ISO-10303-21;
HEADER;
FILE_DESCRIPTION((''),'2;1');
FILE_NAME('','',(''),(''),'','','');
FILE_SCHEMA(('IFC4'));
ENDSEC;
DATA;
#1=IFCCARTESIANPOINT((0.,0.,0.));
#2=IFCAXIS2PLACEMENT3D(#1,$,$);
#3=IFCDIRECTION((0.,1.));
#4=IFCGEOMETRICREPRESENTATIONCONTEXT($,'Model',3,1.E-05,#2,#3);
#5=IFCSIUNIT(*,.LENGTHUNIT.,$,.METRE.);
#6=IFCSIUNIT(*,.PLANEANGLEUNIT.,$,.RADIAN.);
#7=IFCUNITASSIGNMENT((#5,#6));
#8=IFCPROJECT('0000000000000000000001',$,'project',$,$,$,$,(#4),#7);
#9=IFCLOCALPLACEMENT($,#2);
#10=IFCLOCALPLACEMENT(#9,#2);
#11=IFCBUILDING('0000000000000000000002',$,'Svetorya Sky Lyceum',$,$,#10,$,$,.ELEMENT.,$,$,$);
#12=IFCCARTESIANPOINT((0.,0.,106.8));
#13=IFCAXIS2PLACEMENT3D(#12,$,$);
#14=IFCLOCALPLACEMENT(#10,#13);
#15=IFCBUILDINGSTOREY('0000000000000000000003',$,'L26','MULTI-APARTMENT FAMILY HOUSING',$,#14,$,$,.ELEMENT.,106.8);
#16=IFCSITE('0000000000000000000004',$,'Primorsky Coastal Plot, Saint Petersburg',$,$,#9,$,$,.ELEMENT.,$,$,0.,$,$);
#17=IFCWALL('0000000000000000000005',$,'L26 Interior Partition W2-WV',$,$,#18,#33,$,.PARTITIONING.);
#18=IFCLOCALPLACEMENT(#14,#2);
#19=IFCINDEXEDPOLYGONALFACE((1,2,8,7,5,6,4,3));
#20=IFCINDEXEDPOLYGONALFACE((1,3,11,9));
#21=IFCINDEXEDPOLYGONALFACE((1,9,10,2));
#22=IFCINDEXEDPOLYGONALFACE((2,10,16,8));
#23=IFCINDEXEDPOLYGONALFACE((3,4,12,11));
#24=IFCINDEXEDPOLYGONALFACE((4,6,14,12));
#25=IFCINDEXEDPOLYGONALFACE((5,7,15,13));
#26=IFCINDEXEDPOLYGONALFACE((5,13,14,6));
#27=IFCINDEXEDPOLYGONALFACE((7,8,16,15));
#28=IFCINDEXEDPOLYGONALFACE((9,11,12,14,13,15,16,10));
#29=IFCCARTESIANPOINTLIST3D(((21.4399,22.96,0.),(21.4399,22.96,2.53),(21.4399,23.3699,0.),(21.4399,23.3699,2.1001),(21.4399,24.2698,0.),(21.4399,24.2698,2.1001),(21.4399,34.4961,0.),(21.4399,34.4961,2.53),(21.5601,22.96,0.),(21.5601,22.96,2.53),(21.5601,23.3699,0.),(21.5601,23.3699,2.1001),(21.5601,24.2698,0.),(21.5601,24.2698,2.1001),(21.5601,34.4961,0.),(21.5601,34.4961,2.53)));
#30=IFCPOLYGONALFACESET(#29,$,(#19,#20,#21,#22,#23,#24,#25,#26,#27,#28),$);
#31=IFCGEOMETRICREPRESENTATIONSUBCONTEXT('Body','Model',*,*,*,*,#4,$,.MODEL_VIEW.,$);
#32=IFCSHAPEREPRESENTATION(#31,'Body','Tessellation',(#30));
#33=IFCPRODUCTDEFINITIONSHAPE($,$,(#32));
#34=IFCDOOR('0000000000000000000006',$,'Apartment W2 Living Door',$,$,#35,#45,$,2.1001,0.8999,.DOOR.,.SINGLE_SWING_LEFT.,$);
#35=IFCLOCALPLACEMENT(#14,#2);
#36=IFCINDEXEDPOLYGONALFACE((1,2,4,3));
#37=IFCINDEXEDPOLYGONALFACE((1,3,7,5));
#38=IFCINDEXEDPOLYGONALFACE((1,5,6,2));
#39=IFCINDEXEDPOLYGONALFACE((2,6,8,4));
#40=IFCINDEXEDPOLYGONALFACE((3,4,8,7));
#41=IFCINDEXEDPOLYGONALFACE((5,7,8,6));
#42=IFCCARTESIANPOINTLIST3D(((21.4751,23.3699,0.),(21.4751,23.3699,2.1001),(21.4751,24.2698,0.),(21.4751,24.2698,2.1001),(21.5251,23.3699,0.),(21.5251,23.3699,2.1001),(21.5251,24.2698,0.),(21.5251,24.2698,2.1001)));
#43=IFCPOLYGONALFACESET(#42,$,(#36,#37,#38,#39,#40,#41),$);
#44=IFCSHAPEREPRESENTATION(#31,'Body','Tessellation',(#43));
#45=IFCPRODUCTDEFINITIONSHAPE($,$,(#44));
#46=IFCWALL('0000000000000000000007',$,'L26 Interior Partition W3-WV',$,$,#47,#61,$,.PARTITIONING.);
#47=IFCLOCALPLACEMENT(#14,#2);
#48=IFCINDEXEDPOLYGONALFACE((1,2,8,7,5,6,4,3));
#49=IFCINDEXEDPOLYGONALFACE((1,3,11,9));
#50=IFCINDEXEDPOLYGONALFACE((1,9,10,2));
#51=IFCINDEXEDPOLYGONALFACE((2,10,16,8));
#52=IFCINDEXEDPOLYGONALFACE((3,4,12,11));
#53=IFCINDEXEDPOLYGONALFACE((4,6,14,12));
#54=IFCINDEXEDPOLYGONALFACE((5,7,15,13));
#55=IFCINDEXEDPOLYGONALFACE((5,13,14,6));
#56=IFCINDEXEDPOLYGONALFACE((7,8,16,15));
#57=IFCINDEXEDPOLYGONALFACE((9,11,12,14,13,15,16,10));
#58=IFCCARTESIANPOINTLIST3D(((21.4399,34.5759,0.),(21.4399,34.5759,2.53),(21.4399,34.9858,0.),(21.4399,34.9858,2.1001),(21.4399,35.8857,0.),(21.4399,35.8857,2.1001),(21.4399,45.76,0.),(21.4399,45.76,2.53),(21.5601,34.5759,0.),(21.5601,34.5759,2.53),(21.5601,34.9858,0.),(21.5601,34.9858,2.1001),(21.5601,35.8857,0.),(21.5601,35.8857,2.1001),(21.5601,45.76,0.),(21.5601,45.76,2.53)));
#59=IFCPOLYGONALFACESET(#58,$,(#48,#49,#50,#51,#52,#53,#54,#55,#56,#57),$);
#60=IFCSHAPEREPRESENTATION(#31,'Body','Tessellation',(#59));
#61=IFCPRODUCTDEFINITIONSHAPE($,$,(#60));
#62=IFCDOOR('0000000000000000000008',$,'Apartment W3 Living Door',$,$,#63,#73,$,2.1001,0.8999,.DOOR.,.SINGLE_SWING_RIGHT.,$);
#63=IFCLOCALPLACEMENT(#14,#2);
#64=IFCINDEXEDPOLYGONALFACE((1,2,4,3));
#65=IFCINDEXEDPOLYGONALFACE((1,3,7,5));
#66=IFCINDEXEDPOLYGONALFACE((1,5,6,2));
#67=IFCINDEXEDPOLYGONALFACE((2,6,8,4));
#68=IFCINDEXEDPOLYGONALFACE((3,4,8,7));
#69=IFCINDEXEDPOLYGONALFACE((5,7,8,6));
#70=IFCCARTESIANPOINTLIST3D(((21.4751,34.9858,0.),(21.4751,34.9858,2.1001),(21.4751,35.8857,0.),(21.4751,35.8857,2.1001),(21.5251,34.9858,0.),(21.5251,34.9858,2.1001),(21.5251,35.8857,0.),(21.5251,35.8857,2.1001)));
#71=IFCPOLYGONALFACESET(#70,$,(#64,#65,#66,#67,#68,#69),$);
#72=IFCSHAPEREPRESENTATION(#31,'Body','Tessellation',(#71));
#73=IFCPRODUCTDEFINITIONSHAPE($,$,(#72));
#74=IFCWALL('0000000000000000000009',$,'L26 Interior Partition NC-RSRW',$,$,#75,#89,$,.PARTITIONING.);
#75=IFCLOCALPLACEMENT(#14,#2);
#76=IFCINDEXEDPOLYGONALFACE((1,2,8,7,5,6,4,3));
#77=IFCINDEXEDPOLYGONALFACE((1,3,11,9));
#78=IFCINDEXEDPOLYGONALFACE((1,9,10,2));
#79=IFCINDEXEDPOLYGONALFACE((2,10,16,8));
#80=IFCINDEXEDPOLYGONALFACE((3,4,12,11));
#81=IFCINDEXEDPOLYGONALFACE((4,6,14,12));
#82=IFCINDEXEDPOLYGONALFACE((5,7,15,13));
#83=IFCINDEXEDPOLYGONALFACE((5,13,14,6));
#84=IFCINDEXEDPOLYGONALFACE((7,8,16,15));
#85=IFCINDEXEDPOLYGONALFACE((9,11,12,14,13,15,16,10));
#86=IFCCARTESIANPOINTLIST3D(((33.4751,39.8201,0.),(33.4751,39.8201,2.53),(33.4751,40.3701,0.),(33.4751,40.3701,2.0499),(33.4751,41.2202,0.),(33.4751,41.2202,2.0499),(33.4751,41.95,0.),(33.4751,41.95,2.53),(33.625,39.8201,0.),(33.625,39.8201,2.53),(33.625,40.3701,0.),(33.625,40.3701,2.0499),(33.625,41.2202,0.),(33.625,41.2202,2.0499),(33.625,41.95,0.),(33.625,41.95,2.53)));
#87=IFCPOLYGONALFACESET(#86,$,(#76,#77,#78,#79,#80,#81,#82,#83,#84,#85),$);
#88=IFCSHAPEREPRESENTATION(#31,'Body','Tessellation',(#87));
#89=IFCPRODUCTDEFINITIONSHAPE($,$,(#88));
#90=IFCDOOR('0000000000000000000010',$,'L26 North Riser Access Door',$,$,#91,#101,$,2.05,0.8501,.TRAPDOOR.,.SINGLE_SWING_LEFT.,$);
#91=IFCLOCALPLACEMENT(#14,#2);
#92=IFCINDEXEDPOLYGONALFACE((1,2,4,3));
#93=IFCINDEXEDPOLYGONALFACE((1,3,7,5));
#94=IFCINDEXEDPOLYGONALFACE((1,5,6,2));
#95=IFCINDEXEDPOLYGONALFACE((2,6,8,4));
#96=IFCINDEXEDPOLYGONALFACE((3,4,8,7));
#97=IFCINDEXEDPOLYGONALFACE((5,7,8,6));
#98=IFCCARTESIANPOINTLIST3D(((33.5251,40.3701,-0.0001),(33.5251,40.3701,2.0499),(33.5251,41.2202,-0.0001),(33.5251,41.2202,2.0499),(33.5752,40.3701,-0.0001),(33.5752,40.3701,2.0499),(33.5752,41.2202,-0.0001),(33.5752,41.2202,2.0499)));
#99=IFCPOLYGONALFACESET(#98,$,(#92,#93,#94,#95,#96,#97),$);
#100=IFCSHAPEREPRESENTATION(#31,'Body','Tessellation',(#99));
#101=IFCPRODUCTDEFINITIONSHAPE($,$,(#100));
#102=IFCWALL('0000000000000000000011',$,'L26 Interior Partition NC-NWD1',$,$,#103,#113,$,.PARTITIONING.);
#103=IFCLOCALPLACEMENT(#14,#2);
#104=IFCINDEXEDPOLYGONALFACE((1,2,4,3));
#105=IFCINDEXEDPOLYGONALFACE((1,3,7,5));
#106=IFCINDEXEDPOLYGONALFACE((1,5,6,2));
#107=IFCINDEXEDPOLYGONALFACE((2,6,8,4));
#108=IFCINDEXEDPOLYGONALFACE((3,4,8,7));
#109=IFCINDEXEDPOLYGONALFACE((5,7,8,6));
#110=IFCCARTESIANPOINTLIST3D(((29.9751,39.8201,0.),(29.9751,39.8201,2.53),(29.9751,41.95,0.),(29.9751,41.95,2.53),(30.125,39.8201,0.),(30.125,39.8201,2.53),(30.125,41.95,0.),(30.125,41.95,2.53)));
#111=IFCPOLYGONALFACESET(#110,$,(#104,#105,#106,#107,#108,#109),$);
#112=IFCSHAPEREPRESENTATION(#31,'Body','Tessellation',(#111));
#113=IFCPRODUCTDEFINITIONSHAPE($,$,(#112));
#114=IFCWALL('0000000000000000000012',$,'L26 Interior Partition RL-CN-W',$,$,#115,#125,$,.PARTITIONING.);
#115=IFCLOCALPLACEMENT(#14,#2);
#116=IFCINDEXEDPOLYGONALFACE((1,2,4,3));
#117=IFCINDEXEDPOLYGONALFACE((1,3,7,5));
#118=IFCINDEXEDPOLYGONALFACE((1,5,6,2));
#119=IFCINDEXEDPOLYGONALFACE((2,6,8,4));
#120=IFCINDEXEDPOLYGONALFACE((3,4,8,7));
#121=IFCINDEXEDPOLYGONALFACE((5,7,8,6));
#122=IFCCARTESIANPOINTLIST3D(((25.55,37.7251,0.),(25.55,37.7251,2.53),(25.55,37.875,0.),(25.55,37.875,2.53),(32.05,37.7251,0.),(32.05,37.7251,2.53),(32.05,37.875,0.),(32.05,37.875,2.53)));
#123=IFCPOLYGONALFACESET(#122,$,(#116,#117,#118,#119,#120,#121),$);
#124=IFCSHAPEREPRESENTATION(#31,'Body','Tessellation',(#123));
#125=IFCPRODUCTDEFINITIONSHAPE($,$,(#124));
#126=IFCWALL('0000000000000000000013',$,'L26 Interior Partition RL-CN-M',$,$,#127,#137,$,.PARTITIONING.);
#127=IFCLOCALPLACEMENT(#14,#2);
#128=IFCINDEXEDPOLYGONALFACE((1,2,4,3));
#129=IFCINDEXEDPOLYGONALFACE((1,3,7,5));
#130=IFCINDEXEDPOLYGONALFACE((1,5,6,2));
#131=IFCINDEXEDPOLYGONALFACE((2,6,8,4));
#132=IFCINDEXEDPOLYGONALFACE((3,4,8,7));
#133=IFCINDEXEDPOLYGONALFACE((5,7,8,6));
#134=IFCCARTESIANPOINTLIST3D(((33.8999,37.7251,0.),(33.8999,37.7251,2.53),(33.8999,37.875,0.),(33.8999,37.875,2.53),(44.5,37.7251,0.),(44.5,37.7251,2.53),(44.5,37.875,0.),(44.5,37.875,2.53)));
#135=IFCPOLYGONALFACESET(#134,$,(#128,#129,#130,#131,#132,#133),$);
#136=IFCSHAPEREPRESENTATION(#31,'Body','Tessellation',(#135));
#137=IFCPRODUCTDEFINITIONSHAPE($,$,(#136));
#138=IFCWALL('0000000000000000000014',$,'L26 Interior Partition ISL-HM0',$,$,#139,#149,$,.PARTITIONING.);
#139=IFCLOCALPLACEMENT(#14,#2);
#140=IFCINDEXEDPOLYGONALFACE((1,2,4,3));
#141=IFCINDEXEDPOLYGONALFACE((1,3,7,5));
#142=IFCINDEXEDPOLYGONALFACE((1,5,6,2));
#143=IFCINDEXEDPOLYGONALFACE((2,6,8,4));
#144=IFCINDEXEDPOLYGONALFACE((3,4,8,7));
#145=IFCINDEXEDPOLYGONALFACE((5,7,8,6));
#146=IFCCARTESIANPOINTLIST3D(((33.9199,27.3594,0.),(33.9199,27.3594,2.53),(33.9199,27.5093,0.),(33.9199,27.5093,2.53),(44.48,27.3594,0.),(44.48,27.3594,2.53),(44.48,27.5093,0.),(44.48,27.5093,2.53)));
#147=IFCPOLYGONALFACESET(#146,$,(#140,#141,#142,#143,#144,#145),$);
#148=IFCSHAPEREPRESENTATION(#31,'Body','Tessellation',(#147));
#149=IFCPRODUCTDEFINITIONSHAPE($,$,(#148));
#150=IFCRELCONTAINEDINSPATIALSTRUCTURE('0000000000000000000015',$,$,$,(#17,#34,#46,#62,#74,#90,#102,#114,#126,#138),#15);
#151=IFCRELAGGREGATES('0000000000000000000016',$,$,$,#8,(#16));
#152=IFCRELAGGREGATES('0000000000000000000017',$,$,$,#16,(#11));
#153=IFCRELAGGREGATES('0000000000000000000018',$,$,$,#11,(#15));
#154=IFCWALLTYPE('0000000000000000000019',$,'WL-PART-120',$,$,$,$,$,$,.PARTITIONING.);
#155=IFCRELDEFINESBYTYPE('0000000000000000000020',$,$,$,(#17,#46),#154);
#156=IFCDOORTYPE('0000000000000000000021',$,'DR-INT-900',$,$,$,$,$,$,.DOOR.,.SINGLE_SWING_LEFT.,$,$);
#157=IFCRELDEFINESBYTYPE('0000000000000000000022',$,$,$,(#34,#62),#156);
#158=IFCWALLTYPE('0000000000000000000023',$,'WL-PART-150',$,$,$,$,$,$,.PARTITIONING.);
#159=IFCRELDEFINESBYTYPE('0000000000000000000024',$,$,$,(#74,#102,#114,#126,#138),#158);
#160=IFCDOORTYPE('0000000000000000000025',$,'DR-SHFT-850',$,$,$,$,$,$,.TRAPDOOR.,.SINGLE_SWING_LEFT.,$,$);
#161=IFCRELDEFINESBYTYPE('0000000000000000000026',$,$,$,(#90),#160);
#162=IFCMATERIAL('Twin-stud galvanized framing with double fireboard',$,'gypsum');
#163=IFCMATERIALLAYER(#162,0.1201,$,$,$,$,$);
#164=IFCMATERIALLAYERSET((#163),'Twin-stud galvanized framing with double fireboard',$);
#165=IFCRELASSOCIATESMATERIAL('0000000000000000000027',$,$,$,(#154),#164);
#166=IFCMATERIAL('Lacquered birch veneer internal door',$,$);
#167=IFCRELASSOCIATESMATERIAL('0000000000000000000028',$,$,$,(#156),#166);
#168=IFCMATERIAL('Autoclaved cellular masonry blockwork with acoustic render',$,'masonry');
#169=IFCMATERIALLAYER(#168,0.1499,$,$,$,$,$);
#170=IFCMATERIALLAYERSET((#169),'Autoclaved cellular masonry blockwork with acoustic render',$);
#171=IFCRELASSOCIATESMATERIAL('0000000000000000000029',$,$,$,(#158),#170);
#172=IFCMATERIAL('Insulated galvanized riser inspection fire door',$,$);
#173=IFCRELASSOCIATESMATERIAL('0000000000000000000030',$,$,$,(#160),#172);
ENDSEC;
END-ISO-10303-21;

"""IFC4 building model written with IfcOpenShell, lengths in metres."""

from ifc_helpers import new_model, si_unit, direction, frame, frame_2d, origin, place, context, subcontext, project, spatial, rectangle, extrude, material, layer, layer_set, type_object, element, fill, save


model = new_model("IFC4")

# Units and contexts
model_context = context("Model", 3, precision=1e-05, world=origin(), true_north=direction((0.0, 1.0)))
body_context = subcontext(model_context, "Body", "Model", "MODEL_VIEW")
ifc_project = project(units=[si_unit("LENGTHUNIT", "METRE"), si_unit("PLANEANGLEUNIT", "RADIAN")], contexts=[model_context])

# Site, building, storey
site_placement = place(None, origin())
site = spatial("IfcSite", under=ifc_project, at=site_placement, Name="Primorsky Coastal Plot, Saint Petersburg", CompositionType="ELEMENT", RefElevation=0.0)
building_placement = place(site_placement, origin())
building = spatial("IfcBuilding", under=site, at=building_placement, Name="Svetorya Sky Lyceum", CompositionType="ELEMENT")
storey_placement = place(building_placement, frame((0.0, 0.0, 106.8)))
storey = spatial("IfcBuildingStorey", under=building, at=storey_placement, Name="L26", Description="MULTI-APARTMENT FAMILY HOUSING", CompositionType="ELEMENT", Elevation=106.8)

# Walls, openings, doors
ifc_material_1 = material(Name="Twin-stud galvanized framing with double fireboard", Category="gypsum")
ifc_layer_1 = layer(ifc_material_1, 0.1201)
ifc_layer_set_1 = layer_set([ifc_layer_1], Name="Twin-stud galvanized framing with double fireboard")
wall_type_1 = type_object("IfcWallType", Name="WL-PART-120", PredefinedType="PARTITIONING", material=ifc_layer_set_1)
wall_1_placement = place(storey_placement, frame((21.5, 22.96, 0.0), z_axis=(0.0, 0.0, 1.0), x_axis=(0.0, 1.0, 0.0)))
wall_1 = element("IfcWall", 1, at=wall_1_placement, inside=storey, type_object=wall_type_1, Name="L26 Interior Partition W2-WV", PredefinedType="PARTITIONING", context=body_context, shape_type="SweptSolid", body=[
    extrude(rectangle(XDim=11.5361, YDim=0.1201, at=frame_2d((5.7681, 0.0))), origin(), (0.0, 0.0, 1.0), 2.53),
])
opening_1_placement = place(wall_1_placement, frame((0.4099, 0.0, 0.0)))
opening_1 = element("IfcOpeningElement", 2, at=opening_1_placement, cuts=wall_1, PredefinedType="OPENING", context=body_context, shape_type="SweptSolid", body=[
    extrude(rectangle(XDim=0.8999, YDim=2.1001, at=frame_2d((0.45, 1.05))), frame((0.0, 0.0701, 0.0), z_axis=(0.0, -1.0, 0.0), x_axis=(1.0, 0.0, 0.0)), (0.0, 0.0, 1.0), 0.1401),
])
ifc_material_2 = material(Name="Lacquered birch veneer internal door")
door_type_1 = type_object("IfcDoorType", Name="DR-INT-900", OperationType="SINGLE_SWING_LEFT", PredefinedType="DOOR", material=ifc_material_2)
door_1_placement = place(opening_1_placement, origin())
door_1 = element("IfcDoor", 3, at=door_1_placement, inside=storey, type_object=door_type_1, Name="Apartment W2 Living Door", OperationType="SINGLE_SWING_LEFT", OverallHeight=2.1001, OverallWidth=0.8999, PredefinedType="DOOR", context=body_context, shape_type="SweptSolid", body=[
    extrude(rectangle(XDim=0.8999, YDim=2.1001, at=frame_2d((0.45, 1.05))), frame((0.0, 0.0249, 0.0), z_axis=(0.0, -1.0, 0.0), x_axis=(1.0, 0.0, 0.0)), (0.0, 0.0, 1.0), 0.05),
])
fill(opening_1, door_1)
wall_2_placement = place(storey_placement, frame((21.5, 34.5759, 0.0), z_axis=(0.0, 0.0, 1.0), x_axis=(0.0, 1.0, 0.0)))
wall_2 = element("IfcWall", 4, at=wall_2_placement, inside=storey, type_object=wall_type_1, Name="L26 Interior Partition W3-WV", PredefinedType="PARTITIONING", context=body_context, shape_type="SweptSolid", body=[
    extrude(rectangle(XDim=11.1841, YDim=0.1201, at=frame_2d((5.592, 0.0))), origin(), (0.0, 0.0, 1.0), 2.53),
])
opening_2_placement = place(wall_2_placement, frame((0.4099, 0.0, 0.0)))
opening_2 = element("IfcOpeningElement", 5, at=opening_2_placement, cuts=wall_2, PredefinedType="OPENING", context=body_context, shape_type="SweptSolid", body=[
    extrude(rectangle(XDim=0.8999, YDim=2.1001, at=frame_2d((0.45, 1.05))), frame((0.0, 0.0701, 0.0), z_axis=(0.0, -1.0, 0.0), x_axis=(1.0, 0.0, 0.0)), (0.0, 0.0, 1.0), 0.1401),
])
door_2_placement = place(opening_2_placement, origin())
door_2 = element("IfcDoor", 6, at=door_2_placement, inside=storey, type_object=door_type_1, Name="Apartment W3 Living Door", OperationType="SINGLE_SWING_RIGHT", OverallHeight=2.1001, OverallWidth=0.8999, PredefinedType="DOOR", context=body_context, shape_type="SweptSolid", body=[
    extrude(rectangle(XDim=0.8999, YDim=2.1001, at=frame_2d((0.45, 1.05))), frame((0.0, 0.0249, 0.0), z_axis=(0.0, -1.0, 0.0), x_axis=(1.0, 0.0, 0.0)), (0.0, 0.0, 1.0), 0.05),
])
fill(opening_2, door_2)
ifc_material_3 = material(Name="Autoclaved cellular masonry blockwork with acoustic render", Category="masonry")
ifc_layer_2 = layer(ifc_material_3, 0.1499)
ifc_layer_set_2 = layer_set([ifc_layer_2], Name="Autoclaved cellular masonry blockwork with acoustic render")
wall_type_2 = type_object("IfcWallType", Name="WL-PART-150", PredefinedType="PARTITIONING", material=ifc_layer_set_2)
wall_3_placement = place(storey_placement, frame((33.55, 39.8201, 0.0), z_axis=(0.0, 0.0, 1.0), x_axis=(0.0, 1.0, 0.0)))
wall_3 = element("IfcWall", 7, at=wall_3_placement, inside=storey, type_object=wall_type_2, Name="L26 Interior Partition NC-RSRW", PredefinedType="PARTITIONING", context=body_context, shape_type="SweptSolid", body=[
    extrude(rectangle(XDim=2.1299, YDim=0.1499, at=frame_2d((1.0649, 0.0))), origin(), (0.0, 0.0, 1.0), 2.53),
])
opening_3_placement = place(wall_3_placement, frame((0.55, 0.0, 0.0)))
opening_3 = element("IfcOpeningElement", 8, at=opening_3_placement, cuts=wall_3, PredefinedType="OPENING", context=body_context, shape_type="SweptSolid", body=[
    extrude(rectangle(XDim=0.8501, YDim=2.05, at=frame_2d((0.425, 1.0249))), frame((0.0, 0.085, 0.0), z_axis=(0.0, -1.0, 0.0), x_axis=(1.0, 0.0, 0.0)), (0.0, 0.0, 1.0), 0.1699),
])
ifc_material_4 = material(Name="Insulated galvanized riser inspection fire door")
door_type_2 = type_object("IfcDoorType", Name="DR-SHFT-850", OperationType="SINGLE_SWING_LEFT", PredefinedType="TRAPDOOR", material=ifc_material_4)
door_3_placement = place(opening_3_placement, origin())
door_3 = element("IfcDoor", 9, at=door_3_placement, inside=storey, type_object=door_type_2, Name="L26 North Riser Access Door", OperationType="SINGLE_SWING_LEFT", OverallHeight=2.05, OverallWidth=0.8501, PredefinedType="TRAPDOOR", context=body_context, shape_type="SweptSolid", body=[
    extrude(rectangle(XDim=0.8501, YDim=2.05, at=frame_2d((0.425, 1.0249))), frame((0.0, 0.0249, 0.0), z_axis=(0.0, -1.0, 0.0), x_axis=(1.0, 0.0, 0.0)), (0.0, 0.0, 1.0), 0.05),
])
fill(opening_3, door_3)

# Walls
wall_4_placement = place(storey_placement, frame((30.05, 39.8201, 0.0), z_axis=(0.0, 0.0, 1.0), x_axis=(0.0, 1.0, 0.0)))
element("IfcWall", 10, at=wall_4_placement, inside=storey, type_object=wall_type_2, Name="L26 Interior Partition NC-NWD1", PredefinedType="PARTITIONING", context=body_context, shape_type="SweptSolid", body=[
    extrude(rectangle(XDim=2.1299, YDim=0.1499, at=frame_2d((1.0649, 0.0))), origin(), (0.0, 0.0, 1.0), 2.53),
])
wall_5_placement = place(storey_placement, frame((25.55, 37.8, 0.0), z_axis=(0.0, 0.0, 1.0), x_axis=(1.0, 0.0, 0.0)))
element("IfcWall", 11, at=wall_5_placement, inside=storey, type_object=wall_type_2, Name="L26 Interior Partition RL-CN-W", PredefinedType="PARTITIONING", context=body_context, shape_type="SweptSolid", body=[
    extrude(rectangle(XDim=6.5, YDim=0.1499, at=frame_2d((3.25, 0.0))), origin(), (0.0, 0.0, 1.0), 2.53),
])
wall_6_placement = place(storey_placement, frame((33.8999, 37.8, 0.0), z_axis=(0.0, 0.0, 1.0), x_axis=(1.0, 0.0, 0.0)))
element("IfcWall", 12, at=wall_6_placement, inside=storey, type_object=wall_type_2, Name="L26 Interior Partition RL-CN-M", PredefinedType="PARTITIONING", context=body_context, shape_type="SweptSolid", body=[
    extrude(rectangle(XDim=10.6001, YDim=0.1499, at=frame_2d((5.3, 0.0))), origin(), (0.0, 0.0, 1.0), 2.53),
])
wall_7_placement = place(storey_placement, frame((33.9199, 27.4343, 0.0), z_axis=(0.0, 0.0, 1.0), x_axis=(1.0, 0.0, 0.0)))
element("IfcWall", 13, at=wall_7_placement, inside=storey, type_object=wall_type_2, Name="L26 Interior Partition ISL-HM0", PredefinedType="PARTITIONING", context=body_context, shape_type="SweptSolid", body=[
    extrude(rectangle(XDim=10.5601, YDim=0.1499, at=frame_2d((5.28, 0.0))), origin(), (0.0, 0.0, 1.0), 2.53),
])

save(model, "model.ifc")
